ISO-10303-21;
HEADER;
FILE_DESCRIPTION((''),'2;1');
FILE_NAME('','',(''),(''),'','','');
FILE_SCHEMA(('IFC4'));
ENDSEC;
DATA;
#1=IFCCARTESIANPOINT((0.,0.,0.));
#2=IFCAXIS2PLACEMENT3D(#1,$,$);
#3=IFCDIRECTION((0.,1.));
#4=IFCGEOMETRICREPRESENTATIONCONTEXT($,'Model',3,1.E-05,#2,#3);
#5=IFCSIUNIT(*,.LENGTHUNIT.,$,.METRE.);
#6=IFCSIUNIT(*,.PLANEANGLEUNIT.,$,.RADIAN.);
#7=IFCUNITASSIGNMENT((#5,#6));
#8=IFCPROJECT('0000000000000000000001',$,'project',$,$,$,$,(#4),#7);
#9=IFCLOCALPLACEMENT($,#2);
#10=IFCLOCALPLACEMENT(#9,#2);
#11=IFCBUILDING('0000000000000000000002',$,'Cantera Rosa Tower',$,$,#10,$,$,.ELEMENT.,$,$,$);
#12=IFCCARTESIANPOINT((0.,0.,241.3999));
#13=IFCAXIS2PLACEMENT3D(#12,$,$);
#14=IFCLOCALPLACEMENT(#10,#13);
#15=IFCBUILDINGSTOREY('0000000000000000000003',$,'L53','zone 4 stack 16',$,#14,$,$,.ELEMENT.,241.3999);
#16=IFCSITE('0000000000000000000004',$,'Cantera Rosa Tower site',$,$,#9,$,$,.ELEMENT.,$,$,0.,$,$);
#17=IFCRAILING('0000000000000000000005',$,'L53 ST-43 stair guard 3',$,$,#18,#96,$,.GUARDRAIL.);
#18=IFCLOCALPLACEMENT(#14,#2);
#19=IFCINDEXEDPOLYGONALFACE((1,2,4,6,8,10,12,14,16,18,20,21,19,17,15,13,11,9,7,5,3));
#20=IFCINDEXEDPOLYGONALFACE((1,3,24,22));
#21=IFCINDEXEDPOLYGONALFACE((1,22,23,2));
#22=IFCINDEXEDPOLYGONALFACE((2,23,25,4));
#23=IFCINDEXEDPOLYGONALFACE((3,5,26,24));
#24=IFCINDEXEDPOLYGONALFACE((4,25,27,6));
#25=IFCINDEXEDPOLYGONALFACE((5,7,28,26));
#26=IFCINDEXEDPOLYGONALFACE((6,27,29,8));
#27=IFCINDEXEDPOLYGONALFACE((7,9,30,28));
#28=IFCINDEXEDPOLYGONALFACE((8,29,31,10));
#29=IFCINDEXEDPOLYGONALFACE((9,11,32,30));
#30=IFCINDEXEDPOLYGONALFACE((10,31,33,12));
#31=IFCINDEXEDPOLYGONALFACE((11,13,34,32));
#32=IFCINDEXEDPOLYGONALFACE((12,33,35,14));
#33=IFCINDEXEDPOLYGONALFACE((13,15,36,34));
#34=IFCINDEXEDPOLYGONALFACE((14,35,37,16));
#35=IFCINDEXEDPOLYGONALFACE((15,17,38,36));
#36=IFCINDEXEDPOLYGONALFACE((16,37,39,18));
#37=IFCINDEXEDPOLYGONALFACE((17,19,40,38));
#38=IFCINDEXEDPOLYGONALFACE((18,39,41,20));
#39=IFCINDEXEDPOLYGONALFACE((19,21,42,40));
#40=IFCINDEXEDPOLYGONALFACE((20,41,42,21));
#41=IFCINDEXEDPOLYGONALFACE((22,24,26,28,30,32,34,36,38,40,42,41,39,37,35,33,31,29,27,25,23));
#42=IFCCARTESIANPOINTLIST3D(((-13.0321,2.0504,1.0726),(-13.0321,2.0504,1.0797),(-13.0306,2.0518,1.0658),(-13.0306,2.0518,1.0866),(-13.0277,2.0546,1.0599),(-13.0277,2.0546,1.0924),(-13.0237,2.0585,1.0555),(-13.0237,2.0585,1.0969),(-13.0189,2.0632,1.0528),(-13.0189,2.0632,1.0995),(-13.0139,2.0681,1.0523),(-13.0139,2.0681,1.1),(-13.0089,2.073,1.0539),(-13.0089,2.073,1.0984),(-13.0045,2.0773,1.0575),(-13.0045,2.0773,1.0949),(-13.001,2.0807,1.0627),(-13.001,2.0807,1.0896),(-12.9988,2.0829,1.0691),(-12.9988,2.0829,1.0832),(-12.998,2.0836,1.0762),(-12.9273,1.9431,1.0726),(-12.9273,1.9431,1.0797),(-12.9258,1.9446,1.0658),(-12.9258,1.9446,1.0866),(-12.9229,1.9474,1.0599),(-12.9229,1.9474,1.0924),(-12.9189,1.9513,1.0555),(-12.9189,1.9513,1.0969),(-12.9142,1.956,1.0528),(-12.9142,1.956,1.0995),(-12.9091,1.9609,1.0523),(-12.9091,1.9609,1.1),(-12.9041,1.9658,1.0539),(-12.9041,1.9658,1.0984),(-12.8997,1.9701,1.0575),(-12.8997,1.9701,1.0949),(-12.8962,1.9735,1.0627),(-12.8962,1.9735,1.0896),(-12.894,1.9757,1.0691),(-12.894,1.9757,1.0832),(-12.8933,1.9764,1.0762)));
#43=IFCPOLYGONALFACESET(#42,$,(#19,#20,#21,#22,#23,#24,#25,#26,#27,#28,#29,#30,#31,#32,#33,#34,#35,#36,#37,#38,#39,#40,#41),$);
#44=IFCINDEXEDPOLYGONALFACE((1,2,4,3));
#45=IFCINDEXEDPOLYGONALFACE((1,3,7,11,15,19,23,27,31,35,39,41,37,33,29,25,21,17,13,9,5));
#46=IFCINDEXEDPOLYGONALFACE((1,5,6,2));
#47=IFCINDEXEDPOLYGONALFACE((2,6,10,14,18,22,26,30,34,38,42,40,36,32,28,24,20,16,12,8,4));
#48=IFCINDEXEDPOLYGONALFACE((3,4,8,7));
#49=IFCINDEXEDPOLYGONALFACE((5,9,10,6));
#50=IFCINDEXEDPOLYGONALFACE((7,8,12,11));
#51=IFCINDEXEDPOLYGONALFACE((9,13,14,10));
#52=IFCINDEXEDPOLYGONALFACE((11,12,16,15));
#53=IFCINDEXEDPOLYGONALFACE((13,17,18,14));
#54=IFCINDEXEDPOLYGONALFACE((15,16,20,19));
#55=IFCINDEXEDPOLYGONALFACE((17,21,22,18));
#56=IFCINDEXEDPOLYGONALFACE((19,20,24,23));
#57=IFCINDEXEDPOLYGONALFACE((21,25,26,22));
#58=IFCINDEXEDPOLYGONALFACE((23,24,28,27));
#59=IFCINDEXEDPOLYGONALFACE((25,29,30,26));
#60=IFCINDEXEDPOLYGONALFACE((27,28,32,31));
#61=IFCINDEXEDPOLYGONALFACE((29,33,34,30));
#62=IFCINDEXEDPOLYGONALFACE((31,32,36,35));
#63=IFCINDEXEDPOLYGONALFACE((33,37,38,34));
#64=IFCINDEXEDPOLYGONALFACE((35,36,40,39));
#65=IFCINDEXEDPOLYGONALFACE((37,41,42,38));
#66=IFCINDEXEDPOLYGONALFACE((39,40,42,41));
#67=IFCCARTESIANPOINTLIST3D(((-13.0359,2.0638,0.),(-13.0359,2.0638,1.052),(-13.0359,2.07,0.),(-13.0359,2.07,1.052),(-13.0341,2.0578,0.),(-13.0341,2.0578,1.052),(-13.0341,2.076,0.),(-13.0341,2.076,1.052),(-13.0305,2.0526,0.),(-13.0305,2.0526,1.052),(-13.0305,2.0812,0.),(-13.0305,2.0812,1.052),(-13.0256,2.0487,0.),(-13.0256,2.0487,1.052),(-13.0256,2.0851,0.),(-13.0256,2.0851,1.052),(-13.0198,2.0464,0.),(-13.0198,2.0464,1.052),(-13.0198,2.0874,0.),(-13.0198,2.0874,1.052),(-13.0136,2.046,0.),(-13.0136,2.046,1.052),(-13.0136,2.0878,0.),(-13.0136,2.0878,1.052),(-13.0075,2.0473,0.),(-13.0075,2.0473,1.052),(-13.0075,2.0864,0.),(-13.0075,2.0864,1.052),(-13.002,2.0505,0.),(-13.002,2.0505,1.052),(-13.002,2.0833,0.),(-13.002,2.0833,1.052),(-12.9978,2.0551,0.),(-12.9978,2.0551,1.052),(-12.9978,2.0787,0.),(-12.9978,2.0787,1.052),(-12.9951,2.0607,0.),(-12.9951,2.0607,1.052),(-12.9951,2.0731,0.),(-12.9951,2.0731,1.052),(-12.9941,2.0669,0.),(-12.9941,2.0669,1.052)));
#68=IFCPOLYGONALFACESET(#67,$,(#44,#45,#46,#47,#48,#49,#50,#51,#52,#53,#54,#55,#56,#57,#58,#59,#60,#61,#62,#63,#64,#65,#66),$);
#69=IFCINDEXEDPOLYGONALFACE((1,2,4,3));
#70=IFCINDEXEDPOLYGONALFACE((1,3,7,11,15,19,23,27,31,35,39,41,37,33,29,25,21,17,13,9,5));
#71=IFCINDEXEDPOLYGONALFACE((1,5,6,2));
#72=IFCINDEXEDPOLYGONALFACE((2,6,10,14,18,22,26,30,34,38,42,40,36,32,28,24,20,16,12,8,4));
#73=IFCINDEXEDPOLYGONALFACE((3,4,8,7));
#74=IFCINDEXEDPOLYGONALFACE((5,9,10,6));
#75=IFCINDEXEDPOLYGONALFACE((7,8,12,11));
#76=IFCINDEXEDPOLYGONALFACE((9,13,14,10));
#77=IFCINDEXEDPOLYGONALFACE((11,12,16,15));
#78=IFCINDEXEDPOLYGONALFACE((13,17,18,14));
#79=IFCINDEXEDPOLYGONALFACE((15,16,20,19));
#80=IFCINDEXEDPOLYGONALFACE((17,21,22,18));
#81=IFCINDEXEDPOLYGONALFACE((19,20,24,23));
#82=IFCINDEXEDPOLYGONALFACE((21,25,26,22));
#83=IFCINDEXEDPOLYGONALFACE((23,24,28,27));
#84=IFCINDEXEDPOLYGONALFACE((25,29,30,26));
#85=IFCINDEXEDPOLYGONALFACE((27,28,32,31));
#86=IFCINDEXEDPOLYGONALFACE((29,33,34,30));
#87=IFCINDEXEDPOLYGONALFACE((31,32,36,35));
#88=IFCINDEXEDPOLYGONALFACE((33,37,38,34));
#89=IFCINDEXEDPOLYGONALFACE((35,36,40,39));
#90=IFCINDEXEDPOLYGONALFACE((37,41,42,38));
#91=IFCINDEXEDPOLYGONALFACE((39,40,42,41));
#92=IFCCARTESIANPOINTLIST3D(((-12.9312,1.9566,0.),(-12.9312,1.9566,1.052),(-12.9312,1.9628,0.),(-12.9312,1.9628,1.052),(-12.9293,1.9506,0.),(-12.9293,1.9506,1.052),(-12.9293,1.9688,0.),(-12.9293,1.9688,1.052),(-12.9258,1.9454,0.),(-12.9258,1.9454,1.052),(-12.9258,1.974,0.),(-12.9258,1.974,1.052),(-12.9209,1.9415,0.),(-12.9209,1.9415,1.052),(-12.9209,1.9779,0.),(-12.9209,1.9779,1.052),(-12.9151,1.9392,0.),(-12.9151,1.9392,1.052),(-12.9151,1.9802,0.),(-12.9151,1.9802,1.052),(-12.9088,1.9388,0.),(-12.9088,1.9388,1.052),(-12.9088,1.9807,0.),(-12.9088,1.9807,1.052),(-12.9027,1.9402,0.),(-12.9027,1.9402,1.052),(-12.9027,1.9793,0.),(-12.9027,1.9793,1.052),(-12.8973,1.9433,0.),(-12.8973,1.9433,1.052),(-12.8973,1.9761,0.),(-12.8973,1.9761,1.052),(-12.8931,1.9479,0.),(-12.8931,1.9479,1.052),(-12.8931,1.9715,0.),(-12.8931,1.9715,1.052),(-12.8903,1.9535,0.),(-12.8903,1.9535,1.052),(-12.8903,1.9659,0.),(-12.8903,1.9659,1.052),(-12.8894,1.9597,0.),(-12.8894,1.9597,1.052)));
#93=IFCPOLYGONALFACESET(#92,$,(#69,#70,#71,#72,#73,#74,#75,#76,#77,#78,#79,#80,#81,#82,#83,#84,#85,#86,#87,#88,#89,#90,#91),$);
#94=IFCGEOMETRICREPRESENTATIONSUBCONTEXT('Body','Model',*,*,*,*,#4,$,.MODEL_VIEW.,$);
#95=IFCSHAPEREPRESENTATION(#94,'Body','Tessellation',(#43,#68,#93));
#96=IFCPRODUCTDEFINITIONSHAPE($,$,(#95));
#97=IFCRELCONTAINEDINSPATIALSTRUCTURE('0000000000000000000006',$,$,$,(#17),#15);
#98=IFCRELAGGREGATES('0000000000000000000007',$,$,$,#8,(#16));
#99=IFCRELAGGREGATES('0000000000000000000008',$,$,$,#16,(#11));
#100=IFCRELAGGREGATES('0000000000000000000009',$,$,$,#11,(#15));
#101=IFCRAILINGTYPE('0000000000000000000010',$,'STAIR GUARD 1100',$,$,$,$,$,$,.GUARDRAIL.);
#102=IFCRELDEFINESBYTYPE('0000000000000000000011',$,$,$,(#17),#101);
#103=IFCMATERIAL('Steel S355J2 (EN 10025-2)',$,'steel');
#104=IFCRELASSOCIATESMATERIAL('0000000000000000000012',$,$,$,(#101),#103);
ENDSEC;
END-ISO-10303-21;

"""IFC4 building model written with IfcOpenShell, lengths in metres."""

from ifc_helpers import new_model, si_unit, direction, frame, origin, origin_2d, place, context, subcontext, project, spatial, circle, extrude, material, type_object, element, save


model = new_model("IFC4")

# Units and contexts
model_context = context("Model", 3, precision=1e-05, world=origin(), true_north=direction((0.0, 1.0)))
body_context = subcontext(model_context, "Body", "Model", "MODEL_VIEW")
ifc_project = project(units=[si_unit("LENGTHUNIT", "METRE"), si_unit("PLANEANGLEUNIT", "RADIAN")], contexts=[model_context])

# Site, building, storey
site_placement = place(None, origin())
site = spatial("IfcSite", under=ifc_project, at=site_placement, Name="Cantera Rosa Tower site", CompositionType="ELEMENT", RefElevation=0.0)
building_placement = place(site_placement, origin())
building = spatial("IfcBuilding", under=site, at=building_placement, Name="Cantera Rosa Tower", CompositionType="ELEMENT")
storey_placement = place(building_placement, frame((0.0, 0.0, 241.3999)))
storey = spatial("IfcBuildingStorey", under=building, at=storey_placement, Name="L53", Description="zone 4 stack 16", CompositionType="ELEMENT", Elevation=241.3999)

# Railing
ifc_material_1 = material(Name="Steel S355J2 (EN 10025-2)", Category="steel")
railing_type_1 = type_object("IfcRailingType", Name="STAIR GUARD 1100", PredefinedType="GUARDRAIL", material=ifc_material_1)
railing_1_placement = place(storey_placement, frame((-13.0151, 2.0669, 0.0)))
element("IfcRailing", 1, at=railing_1_placement, inside=storey, type_object=railing_type_1, Name="L53 ST-43 stair guard 3", PredefinedType="GUARDRAIL", context=body_context, shape_type="SweptSolid", body=[
    extrude(circle(Radius=0.0239, at=origin_2d()), frame((0.0, 0.0, 1.0762), z_axis=(0.698914, -0.715206, 0.0), x_axis=(0.715206, 0.698914, 0.0)), (0.0, 0.0, 1.0), 0.1499),
    extrude(circle(Radius=0.021, at=origin_2d()), origin(), (0.0, 0.0, 1.0), 1.052),
    extrude(circle(Radius=0.021, at=origin_2d()), frame((0.1047, -0.1072, 0.0)), (0.0, 0.0, 1.0), 1.052),
])

save(model, "model.ifc")
